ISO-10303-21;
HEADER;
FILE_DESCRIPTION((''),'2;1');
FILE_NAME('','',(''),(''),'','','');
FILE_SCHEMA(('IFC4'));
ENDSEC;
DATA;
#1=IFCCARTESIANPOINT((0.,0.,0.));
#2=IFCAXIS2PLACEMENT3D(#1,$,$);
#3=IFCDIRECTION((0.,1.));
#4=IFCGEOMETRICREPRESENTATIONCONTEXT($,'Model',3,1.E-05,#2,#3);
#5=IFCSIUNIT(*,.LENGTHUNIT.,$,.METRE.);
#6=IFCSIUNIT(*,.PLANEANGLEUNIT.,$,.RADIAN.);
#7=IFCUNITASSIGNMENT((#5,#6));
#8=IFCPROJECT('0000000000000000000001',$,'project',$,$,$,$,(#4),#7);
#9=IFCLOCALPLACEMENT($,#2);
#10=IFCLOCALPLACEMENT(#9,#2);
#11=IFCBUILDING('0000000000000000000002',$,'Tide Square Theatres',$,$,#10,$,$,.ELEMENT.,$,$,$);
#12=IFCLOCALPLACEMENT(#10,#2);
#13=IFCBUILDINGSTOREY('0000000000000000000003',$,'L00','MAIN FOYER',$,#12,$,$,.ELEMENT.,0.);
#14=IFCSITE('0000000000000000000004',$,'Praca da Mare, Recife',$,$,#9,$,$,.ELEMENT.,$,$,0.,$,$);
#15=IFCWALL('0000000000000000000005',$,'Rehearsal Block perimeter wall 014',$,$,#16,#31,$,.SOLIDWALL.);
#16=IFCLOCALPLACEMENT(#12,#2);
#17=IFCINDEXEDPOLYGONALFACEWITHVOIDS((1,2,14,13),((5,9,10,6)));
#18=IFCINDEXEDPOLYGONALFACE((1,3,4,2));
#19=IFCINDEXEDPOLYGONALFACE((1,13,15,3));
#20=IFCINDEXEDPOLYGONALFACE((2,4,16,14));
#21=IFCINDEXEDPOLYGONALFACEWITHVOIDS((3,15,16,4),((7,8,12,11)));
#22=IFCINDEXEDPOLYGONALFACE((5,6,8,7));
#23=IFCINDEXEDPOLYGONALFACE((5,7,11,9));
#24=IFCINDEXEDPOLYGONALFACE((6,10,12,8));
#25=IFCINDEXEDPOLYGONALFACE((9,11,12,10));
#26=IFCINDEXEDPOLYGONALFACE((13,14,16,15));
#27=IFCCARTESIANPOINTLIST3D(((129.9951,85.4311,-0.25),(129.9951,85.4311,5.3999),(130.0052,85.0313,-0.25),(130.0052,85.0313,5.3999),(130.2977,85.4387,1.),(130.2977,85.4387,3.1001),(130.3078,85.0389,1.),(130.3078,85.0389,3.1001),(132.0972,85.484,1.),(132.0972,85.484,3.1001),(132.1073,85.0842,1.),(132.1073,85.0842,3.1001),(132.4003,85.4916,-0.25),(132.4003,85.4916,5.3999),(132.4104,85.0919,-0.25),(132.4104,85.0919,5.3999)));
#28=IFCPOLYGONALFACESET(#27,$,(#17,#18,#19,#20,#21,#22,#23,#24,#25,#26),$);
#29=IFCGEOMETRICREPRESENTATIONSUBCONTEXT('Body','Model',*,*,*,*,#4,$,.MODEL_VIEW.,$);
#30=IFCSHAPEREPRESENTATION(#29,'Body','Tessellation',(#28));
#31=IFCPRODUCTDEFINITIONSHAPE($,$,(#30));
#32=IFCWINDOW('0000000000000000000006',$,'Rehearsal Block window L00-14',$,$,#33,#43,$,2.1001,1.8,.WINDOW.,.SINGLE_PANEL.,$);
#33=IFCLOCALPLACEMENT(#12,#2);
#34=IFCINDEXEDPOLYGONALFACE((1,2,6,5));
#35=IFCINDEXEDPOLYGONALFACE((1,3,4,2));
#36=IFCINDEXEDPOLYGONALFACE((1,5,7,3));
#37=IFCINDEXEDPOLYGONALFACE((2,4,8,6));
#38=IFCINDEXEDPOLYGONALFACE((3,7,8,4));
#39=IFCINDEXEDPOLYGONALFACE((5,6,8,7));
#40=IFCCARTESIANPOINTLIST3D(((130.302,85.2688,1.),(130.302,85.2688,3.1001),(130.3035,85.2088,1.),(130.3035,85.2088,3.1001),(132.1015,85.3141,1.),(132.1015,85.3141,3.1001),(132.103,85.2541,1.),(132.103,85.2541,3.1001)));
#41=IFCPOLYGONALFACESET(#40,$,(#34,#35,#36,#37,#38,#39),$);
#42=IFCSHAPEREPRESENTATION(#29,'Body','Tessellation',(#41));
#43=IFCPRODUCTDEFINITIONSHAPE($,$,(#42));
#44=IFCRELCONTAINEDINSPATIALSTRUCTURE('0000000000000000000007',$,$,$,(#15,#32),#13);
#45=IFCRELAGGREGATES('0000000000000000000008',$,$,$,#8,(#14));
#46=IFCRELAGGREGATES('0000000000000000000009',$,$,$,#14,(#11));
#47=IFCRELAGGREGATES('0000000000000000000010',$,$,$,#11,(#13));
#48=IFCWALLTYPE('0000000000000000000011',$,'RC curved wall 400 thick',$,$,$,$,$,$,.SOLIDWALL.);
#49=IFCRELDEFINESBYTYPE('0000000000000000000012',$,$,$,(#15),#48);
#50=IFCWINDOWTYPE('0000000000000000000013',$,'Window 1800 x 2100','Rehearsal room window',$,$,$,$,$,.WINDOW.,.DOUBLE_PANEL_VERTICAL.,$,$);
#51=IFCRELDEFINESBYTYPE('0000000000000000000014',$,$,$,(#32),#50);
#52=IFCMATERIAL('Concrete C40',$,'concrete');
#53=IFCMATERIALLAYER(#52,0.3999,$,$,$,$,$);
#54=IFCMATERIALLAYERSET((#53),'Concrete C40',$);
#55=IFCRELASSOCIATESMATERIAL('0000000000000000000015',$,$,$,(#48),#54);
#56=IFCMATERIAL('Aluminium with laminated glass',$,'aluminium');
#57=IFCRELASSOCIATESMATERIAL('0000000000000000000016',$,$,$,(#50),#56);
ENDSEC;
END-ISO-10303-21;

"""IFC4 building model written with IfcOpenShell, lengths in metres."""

from ifc_helpers import new_model, si_unit, direction, frame, frame_2d, origin, place, context, subcontext, project, spatial, rectangle, extrude, material, layer, layer_set, type_object, element, fill, save


model = new_model("IFC4")

# Units and contexts
model_context = context("Model", 3, precision=1e-05, world=origin(), true_north=direction((0.0, 1.0)))
body_context = subcontext(model_context, "Body", "Model", "MODEL_VIEW")
ifc_project = project(units=[si_unit("LENGTHUNIT", "METRE"), si_unit("PLANEANGLEUNIT", "RADIAN")], contexts=[model_context])

# Site, building, storey
site_placement = place(None, origin())
site = spatial("IfcSite", under=ifc_project, at=site_placement, Name="Praca da Mare, Recife", CompositionType="ELEMENT", RefElevation=0.0)
building_placement = place(site_placement, origin())
building = spatial("IfcBuilding", under=site, at=building_placement, Name="Tide Square Theatres", CompositionType="ELEMENT")
storey_placement = place(building_placement, origin())
storey = spatial("IfcBuildingStorey", under=building, at=storey_placement, Name="L00", Description="MAIN FOYER", CompositionType="ELEMENT", Elevation=0.0)

# Shared definitions
ifc_material_1 = material(Name="Concrete C40", Category="concrete")
ifc_layer = layer(ifc_material_1, 0.3999)
ifc_layer_set = layer_set([ifc_layer], Name="Concrete C40")
wall_type = type_object("IfcWallType", Name="RC curved wall 400 thick", PredefinedType="SOLIDWALL", material=ifc_layer_set)

# Wall, opening, window
wall_1_placement = place(storey_placement, frame((130.0, 85.2312, -0.25), z_axis=(0.0, 0.0, 1.0), x_axis=(0.999683, 0.025165, 0.0)))
wall_1 = element("IfcWall", 1, at=wall_1_placement, inside=storey, type_object=wall_type, Name="Rehearsal Block perimeter wall 014", PredefinedType="SOLIDWALL", context=body_context, shape_type="SweptSolid", body=[
    extrude(rectangle(XDim=2.406, YDim=0.3999, at=frame_2d((1.2031, 0.0))), origin(), (0.0, 0.0, 1.0), 5.6499),
])
opening_1_placement = place(wall_1_placement, frame((0.303, 0.0, 1.25)))
opening_1 = element("IfcOpeningElement", 2, at=opening_1_placement, cuts=wall_1, PredefinedType="OPENING", context=body_context, shape_type="SweptSolid", body=[
    extrude(rectangle(XDim=1.8, YDim=2.1001, at=frame_2d((0.8999, 1.05))), frame((0.0, 0.21, 0.0), z_axis=(0.0, -1.0, 0.0), x_axis=(1.0, 0.0, 0.0)), (0.0, 0.0, 1.0), 0.4199),
])
ifc_material_2 = material(Name="Aluminium with laminated glass", Category="aluminium")
window_type_1 = type_object("IfcWindowType", Name="Window 1800 x 2100", Description="Rehearsal room window", PartitioningType="DOUBLE_PANEL_VERTICAL", PredefinedType="WINDOW", material=ifc_material_2)
window_1_placement = place(opening_1_placement, origin())
window_1 = element("IfcWindow", 3, at=window_1_placement, inside=storey, type_object=window_type_1, Name="Rehearsal Block window L00-14", OverallHeight=2.1001, OverallWidth=1.8, PartitioningType="SINGLE_PANEL", PredefinedType="WINDOW", context=body_context, shape_type="SweptSolid", body=[
    extrude(rectangle(XDim=1.8, YDim=2.1001, at=frame_2d((0.8999, 1.05))), frame((0.0, 0.03, 0.0), z_axis=(0.0, -1.0, 0.0), x_axis=(1.0, 0.0, 0.0)), (0.0, 0.0, 1.0), 0.0601),
])
fill(opening_1, window_1)

save(model, "model.ifc")
